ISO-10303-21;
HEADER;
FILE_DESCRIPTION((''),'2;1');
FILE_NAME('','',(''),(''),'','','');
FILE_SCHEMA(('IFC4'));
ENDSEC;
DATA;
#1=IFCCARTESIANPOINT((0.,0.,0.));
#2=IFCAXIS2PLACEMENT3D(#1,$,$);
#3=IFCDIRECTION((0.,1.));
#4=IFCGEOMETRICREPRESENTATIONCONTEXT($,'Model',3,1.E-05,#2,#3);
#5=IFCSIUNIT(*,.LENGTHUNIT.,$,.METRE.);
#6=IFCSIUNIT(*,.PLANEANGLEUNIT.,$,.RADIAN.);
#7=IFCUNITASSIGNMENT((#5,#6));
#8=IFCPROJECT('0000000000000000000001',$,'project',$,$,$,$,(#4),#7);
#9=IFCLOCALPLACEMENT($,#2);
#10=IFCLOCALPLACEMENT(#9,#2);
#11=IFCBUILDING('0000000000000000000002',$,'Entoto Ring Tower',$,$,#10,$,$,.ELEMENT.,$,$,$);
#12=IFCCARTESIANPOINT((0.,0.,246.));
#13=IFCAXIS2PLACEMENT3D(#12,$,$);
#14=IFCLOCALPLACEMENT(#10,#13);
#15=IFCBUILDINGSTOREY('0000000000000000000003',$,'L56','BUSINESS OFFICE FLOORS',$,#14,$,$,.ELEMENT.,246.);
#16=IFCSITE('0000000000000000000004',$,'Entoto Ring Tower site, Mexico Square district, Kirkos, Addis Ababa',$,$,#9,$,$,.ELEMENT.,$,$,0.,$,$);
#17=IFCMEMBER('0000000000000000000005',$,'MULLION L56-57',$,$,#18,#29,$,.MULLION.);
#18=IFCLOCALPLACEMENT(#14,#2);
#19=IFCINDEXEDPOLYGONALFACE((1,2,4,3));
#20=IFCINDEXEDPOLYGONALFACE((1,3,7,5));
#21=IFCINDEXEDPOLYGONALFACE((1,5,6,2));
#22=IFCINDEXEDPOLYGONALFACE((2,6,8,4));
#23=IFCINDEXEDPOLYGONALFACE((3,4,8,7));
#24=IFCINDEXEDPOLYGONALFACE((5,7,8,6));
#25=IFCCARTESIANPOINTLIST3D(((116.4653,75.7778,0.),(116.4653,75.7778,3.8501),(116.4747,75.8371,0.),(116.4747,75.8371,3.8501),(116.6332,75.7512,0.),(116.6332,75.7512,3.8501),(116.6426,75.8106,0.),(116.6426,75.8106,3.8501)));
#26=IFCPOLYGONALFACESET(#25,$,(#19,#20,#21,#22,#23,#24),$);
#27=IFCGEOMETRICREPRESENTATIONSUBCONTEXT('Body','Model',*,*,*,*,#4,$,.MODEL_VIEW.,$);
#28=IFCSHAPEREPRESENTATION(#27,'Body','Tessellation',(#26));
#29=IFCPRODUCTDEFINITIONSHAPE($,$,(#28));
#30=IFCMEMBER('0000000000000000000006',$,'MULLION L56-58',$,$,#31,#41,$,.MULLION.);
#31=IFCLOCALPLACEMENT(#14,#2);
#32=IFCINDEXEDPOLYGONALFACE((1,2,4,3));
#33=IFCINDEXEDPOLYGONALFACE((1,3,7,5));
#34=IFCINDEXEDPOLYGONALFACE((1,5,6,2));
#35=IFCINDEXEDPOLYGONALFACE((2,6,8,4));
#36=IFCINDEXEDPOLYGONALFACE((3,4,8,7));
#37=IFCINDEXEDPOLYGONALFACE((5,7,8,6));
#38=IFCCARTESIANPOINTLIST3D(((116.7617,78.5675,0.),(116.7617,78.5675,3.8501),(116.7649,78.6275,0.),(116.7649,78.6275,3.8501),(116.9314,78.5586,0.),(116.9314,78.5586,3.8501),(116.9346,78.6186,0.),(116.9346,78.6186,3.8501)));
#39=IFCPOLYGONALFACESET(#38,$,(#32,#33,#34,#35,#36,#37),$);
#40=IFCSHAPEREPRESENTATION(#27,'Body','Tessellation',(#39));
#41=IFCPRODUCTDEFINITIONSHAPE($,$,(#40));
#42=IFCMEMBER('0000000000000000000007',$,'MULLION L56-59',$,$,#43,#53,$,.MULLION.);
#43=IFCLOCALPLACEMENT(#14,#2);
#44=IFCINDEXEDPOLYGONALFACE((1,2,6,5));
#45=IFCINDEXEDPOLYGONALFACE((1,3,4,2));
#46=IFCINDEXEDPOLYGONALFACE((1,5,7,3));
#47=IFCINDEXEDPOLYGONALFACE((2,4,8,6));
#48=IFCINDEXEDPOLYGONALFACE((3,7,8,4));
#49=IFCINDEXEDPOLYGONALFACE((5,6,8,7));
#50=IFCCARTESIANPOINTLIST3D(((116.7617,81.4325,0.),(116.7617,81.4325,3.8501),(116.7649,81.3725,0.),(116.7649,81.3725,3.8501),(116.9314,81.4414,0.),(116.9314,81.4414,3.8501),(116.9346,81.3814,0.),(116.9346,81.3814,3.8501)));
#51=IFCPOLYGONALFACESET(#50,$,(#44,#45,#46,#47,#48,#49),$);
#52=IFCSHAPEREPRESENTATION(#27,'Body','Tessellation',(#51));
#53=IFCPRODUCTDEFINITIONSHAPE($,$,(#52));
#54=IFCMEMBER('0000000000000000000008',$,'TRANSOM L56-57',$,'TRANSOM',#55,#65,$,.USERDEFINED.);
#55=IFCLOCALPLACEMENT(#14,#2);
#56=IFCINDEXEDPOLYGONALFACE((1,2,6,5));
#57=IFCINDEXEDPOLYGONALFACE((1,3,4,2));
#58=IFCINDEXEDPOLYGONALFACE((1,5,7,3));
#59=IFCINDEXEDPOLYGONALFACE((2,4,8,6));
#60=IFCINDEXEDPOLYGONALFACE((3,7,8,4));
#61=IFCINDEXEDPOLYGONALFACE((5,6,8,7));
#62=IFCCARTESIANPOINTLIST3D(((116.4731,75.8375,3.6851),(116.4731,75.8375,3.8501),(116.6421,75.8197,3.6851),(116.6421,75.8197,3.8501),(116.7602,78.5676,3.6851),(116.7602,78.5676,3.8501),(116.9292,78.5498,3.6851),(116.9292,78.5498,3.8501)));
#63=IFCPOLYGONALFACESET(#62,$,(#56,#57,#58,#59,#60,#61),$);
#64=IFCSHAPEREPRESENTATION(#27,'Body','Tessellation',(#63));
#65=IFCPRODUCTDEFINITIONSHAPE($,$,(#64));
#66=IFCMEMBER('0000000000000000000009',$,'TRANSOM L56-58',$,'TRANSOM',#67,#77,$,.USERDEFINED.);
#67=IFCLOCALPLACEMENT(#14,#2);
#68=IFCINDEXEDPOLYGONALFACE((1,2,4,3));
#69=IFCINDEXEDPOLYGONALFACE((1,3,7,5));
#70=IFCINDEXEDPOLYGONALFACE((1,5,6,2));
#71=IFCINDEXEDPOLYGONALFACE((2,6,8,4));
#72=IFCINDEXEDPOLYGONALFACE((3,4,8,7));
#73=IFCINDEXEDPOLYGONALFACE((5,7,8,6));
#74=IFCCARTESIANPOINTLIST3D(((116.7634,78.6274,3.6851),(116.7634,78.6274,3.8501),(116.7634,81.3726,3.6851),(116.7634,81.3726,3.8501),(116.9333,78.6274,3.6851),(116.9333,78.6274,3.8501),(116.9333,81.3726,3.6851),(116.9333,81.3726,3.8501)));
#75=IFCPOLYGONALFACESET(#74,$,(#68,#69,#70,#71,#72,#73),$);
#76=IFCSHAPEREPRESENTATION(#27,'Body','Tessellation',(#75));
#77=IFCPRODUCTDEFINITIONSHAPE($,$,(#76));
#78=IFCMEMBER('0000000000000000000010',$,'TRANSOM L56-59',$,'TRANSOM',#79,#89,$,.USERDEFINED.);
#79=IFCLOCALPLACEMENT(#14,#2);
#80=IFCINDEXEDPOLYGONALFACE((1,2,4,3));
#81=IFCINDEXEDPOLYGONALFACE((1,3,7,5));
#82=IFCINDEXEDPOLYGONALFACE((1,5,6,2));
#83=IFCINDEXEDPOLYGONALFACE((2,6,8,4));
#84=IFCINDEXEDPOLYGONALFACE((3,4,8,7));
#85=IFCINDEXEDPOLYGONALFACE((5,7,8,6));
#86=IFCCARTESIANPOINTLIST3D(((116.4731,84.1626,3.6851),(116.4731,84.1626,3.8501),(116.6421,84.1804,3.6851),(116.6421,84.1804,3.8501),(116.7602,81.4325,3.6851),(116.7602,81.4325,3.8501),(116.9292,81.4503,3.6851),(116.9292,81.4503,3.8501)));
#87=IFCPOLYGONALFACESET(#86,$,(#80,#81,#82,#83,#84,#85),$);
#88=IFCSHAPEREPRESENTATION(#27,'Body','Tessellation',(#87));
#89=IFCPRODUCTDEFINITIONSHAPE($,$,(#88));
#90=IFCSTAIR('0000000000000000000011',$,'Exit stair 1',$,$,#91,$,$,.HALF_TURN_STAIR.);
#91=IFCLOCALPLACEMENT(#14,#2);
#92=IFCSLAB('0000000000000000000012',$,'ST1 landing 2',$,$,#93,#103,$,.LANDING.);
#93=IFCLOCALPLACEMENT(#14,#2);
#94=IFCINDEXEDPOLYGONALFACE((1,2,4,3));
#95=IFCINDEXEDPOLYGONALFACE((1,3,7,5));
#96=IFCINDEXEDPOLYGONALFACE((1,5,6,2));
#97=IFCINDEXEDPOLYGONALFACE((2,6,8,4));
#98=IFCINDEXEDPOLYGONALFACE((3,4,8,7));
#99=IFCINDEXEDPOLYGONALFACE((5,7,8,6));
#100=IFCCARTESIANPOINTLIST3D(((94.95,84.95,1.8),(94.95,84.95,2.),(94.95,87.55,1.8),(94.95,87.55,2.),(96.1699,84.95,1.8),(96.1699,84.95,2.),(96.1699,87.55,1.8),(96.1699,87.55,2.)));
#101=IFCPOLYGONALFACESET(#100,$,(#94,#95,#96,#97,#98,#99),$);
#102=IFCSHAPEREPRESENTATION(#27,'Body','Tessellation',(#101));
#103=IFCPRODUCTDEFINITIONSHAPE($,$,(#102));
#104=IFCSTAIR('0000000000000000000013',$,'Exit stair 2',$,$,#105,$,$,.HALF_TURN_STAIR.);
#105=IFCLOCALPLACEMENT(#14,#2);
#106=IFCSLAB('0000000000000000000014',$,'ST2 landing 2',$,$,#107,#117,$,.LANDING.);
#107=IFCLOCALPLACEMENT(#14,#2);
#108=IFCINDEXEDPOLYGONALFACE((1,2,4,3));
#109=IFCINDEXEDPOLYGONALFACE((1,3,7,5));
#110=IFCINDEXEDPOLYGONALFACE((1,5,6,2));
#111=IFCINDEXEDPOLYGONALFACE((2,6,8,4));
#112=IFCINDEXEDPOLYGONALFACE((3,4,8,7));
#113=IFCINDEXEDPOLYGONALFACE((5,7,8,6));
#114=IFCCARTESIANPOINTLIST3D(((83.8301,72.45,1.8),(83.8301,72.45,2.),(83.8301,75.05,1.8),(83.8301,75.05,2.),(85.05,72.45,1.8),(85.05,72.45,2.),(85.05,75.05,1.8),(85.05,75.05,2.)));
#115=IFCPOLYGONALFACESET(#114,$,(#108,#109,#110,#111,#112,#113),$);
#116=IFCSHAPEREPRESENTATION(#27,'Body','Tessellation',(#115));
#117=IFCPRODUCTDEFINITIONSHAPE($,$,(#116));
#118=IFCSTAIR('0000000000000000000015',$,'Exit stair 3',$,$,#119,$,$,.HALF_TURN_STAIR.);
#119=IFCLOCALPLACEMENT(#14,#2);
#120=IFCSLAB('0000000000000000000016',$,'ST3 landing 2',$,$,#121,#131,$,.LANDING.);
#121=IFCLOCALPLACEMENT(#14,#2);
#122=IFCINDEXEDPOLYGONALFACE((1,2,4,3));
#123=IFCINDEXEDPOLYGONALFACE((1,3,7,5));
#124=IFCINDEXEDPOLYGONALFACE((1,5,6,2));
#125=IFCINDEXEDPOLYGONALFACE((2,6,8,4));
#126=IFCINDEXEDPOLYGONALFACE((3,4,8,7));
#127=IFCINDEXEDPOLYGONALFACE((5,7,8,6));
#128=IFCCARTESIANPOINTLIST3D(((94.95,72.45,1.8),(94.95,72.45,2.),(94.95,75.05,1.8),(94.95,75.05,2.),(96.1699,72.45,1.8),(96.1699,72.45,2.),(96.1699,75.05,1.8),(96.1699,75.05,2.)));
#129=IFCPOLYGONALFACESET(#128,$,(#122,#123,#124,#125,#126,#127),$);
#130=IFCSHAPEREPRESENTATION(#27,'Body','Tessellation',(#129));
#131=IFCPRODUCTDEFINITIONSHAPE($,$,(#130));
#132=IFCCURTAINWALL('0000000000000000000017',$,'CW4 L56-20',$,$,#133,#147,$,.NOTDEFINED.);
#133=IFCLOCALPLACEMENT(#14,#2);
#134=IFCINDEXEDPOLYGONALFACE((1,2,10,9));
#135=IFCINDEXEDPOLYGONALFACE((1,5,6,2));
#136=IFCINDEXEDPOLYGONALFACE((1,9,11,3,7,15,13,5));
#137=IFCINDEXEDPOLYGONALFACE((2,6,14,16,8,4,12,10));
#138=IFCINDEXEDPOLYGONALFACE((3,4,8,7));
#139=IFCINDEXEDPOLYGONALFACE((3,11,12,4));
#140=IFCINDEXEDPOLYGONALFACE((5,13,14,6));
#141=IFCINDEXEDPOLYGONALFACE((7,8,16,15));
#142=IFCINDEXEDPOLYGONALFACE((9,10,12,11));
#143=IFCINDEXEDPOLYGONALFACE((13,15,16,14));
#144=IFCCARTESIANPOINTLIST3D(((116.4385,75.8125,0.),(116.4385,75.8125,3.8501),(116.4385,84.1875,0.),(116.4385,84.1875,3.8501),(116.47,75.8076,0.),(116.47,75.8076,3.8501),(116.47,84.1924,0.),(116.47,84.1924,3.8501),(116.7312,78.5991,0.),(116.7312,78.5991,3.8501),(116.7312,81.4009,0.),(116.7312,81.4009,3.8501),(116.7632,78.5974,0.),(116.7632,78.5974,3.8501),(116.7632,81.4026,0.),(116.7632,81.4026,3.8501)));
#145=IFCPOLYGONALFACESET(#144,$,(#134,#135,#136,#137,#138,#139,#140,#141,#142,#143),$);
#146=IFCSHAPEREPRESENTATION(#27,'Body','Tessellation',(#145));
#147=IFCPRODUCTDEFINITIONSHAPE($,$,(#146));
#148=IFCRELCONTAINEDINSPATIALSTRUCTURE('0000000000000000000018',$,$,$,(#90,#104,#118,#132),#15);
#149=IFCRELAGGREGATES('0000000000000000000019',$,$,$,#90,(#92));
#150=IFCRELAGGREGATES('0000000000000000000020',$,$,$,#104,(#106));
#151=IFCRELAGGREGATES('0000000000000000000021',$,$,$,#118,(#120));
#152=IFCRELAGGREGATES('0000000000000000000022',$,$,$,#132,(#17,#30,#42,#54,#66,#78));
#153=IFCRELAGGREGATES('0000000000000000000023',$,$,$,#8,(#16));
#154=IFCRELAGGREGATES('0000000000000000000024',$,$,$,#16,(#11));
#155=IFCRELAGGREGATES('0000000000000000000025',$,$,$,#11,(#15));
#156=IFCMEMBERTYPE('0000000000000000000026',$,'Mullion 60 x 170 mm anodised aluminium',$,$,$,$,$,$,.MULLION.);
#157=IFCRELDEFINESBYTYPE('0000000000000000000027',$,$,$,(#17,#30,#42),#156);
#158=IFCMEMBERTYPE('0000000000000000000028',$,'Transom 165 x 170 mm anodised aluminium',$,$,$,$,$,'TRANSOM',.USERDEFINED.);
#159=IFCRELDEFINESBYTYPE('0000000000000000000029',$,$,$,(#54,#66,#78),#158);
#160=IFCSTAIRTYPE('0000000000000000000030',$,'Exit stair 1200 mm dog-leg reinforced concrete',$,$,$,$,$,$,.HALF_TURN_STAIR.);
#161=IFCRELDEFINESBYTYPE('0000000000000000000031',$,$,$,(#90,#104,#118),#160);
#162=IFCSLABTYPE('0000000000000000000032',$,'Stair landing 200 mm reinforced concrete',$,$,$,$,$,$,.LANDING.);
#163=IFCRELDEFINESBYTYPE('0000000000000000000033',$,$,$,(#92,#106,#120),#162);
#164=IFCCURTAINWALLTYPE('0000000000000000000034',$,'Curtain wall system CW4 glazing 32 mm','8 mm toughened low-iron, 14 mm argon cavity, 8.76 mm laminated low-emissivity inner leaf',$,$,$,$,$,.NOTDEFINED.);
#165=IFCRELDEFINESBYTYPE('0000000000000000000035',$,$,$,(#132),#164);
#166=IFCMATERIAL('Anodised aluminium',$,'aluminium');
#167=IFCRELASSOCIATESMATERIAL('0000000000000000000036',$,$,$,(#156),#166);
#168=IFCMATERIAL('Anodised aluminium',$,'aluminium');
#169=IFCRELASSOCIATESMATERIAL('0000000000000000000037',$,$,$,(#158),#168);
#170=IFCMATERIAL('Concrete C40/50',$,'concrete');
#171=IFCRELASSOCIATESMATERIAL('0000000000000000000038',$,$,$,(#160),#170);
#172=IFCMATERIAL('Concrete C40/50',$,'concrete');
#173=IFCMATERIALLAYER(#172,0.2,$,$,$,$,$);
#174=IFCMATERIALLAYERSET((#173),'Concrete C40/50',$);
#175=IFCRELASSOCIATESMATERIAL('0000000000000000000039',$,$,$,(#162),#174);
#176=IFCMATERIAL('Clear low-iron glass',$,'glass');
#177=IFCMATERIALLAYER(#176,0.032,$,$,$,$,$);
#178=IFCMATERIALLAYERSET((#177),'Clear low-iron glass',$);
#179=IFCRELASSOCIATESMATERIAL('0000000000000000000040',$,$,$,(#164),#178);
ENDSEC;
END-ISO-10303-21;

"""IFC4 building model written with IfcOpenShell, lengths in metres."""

from ifc_helpers import new_model, si_unit, direction, frame, origin, origin_2d, place, context, subcontext, project, spatial, polyline, rectangle, outline, extrude, material, layer, layer_set, material_profile, profile_set, type_object, element, aggregate, save


model = new_model("IFC4")

# Units and contexts
model_context = context("Model", 3, precision=1e-05, world=origin(), true_north=direction((0.0, 1.0)))
body_context = subcontext(model_context, "Body", "Model", "MODEL_VIEW")
ifc_project = project(units=[si_unit("LENGTHUNIT", "METRE"), si_unit("PLANEANGLEUNIT", "RADIAN")], contexts=[model_context])

# Members
ifc_material_1 = material(Name="Anodised aluminium", Category="aluminium")
ifc_material_profile_1 = material_profile(ifc_material_1, rectangle(XDim=0.0601, YDim=0.1699, at=origin_2d()), Name="Mullion 60 x 170 mm anodised aluminium")
ifc_profile_set_1 = profile_set([ifc_material_profile_1], Name="Anodised aluminium")
member_type_1 = type_object("IfcMemberType", Name="Mullion 60 x 170 mm anodised aluminium", PredefinedType="MULLION", material=ifc_profile_set_1)
site_placement = place(None, origin())
building_placement = place(site_placement, origin())
storey_placement = place(building_placement, frame((0.0, 0.0, 246.0)))
member_1_placement = place(storey_placement, frame((116.554, 75.7942, 0.0), z_axis=(0.0, 0.0, 1.0), x_axis=(0.156434, 0.987688, 0.0)))
member_1 = element("IfcMember", 1, at=member_1_placement, type_object=member_type_1, Name="MULLION L56-57", PredefinedType="MULLION", context=body_context, shape_type="SweptSolid", body=[
    extrude(rectangle(XDim=0.0601, YDim=0.1699, at=origin_2d()), origin(), (0.0, 0.0, 1.0), 3.8501),
])
member_2_placement = place(storey_placement, frame((116.8481, 78.593, 0.0), z_axis=(0.0, 0.0, 1.0), x_axis=(0.052336, 0.99863, 0.0)))
member_2 = element("IfcMember", 2, at=member_2_placement, type_object=member_type_1, Name="MULLION L56-58", PredefinedType="MULLION", context=body_context, shape_type="SweptSolid", body=[
    extrude(rectangle(XDim=0.0601, YDim=0.1699, at=origin_2d()), origin(), (0.0, 0.0, 1.0), 3.8501),
])
member_3_placement = place(storey_placement, frame((116.8481, 81.407, 0.0), z_axis=(0.0, 0.0, 1.0), x_axis=(-0.052336, 0.99863, 0.0)))
member_3 = element("IfcMember", 3, at=member_3_placement, type_object=member_type_1, Name="MULLION L56-59", PredefinedType="MULLION", context=body_context, shape_type="SweptSolid", body=[
    extrude(rectangle(XDim=0.0601, YDim=0.1699, at=origin_2d()), origin(), (0.0, 0.0, 1.0), 3.8501),
])
ifc_material_2 = material(Name="Anodised aluminium", Category="aluminium")
ifc_material_profile_2 = material_profile(ifc_material_2, rectangle(XDim=0.1699, YDim=0.165, at=origin_2d()), Name="Transom 165 x 170 mm anodised aluminium")
ifc_profile_set_2 = profile_set([ifc_material_profile_2], Name="Anodised aluminium")
member_type_2 = type_object("IfcMemberType", Name="Transom 165 x 170 mm anodised aluminium", ElementType="TRANSOM", PredefinedType="USERDEFINED", material=ifc_profile_set_2)
member_4_placement = place(storey_placement, frame((116.5576, 75.8286, 3.7676), z_axis=(0.104592, 0.994515, 0.0), x_axis=(-0.994515, 0.104592, 0.0)))
member_4 = element("IfcMember", 4, at=member_4_placement, type_object=member_type_2, Name="TRANSOM L56-57", ObjectType="TRANSOM", PredefinedType="USERDEFINED", context=body_context, shape_type="SweptSolid", body=[
    extrude(rectangle(XDim=0.1699, YDim=0.165, at=origin_2d()), origin(), (0.0, 0.0, 1.0), 2.7451),
])
member_5_placement = place(storey_placement, frame((116.8484, 78.6274, 3.7676), z_axis=(0.0, 1.0, 0.0), x_axis=(-1.0, 0.0, 0.0)))
member_5 = element("IfcMember", 5, at=member_5_placement, type_object=member_type_2, Name="TRANSOM L56-58", ObjectType="TRANSOM", PredefinedType="USERDEFINED", context=body_context, shape_type="SweptSolid", body=[
    extrude(rectangle(XDim=0.1699, YDim=0.165, at=origin_2d()), origin(), (0.0, 0.0, 1.0), 2.7451),
])
member_6_placement = place(storey_placement, frame((116.8447, 81.4414, 3.7676), z_axis=(-0.104592, 0.994515, 0.0), x_axis=(-0.994515, -0.104592, 0.0)))
member_6 = element("IfcMember", 6, at=member_6_placement, type_object=member_type_2, Name="TRANSOM L56-59", ObjectType="TRANSOM", PredefinedType="USERDEFINED", context=body_context, shape_type="SweptSolid", body=[
    extrude(rectangle(XDim=0.1699, YDim=0.165, at=origin_2d()), origin(), (0.0, 0.0, 1.0), 2.7451),
])

# Site, building, storey
site = spatial("IfcSite", under=ifc_project, at=site_placement, Name="Entoto Ring Tower site, Mexico Square district, Kirkos, Addis Ababa", CompositionType="ELEMENT", RefElevation=0.0)
building = spatial("IfcBuilding", under=site, at=building_placement, Name="Entoto Ring Tower", CompositionType="ELEMENT")
storey = spatial("IfcBuildingStorey", under=building, at=storey_placement, Name="L56", Description="BUSINESS OFFICE FLOORS", CompositionType="ELEMENT", Elevation=246.0)

# Stairs, slabs
ifc_material_3 = material(Name="Concrete C40/50", Category="concrete")
stair_type = type_object("IfcStairType", Name="Exit stair 1200 mm dog-leg reinforced concrete", PredefinedType="HALF_TURN_STAIR", material=ifc_material_3)
stair_1_placement = place(storey_placement, origin())
stair_1 = element("IfcStair", 7, at=stair_1_placement, inside=storey, type_object=stair_type, Name="Exit stair 1", PredefinedType="HALF_TURN_STAIR")
ifc_material_4 = material(Name="Concrete C40/50", Category="concrete")
ifc_layer_1 = layer(ifc_material_4, 0.2)
ifc_layer_set_1 = layer_set([ifc_layer_1], Name="Concrete C40/50")
slab_type = type_object("IfcSlabType", Name="Stair landing 200 mm reinforced concrete", PredefinedType="LANDING", material=ifc_layer_set_1)
slab_1_placement = place(storey_placement, frame((0.0, 0.0, 1.8)))
slab_1 = element("IfcSlab", 8, at=slab_1_placement, type_object=slab_type, Name="ST1 landing 2", PredefinedType="LANDING", context=body_context, shape_type="SweptSolid", body=[
    extrude(outline(polyline([(94.95, 84.95), (96.1699, 84.95), (96.1699, 87.55), (94.95, 87.55), (94.95, 84.95)])), origin(), (0.0, 0.0, 1.0), 0.2),
])
aggregate(stair_1, [slab_1])
stair_2_placement = place(storey_placement, origin())
stair_2 = element("IfcStair", 9, at=stair_2_placement, inside=storey, type_object=stair_type, Name="Exit stair 2", PredefinedType="HALF_TURN_STAIR")
slab_2_placement = place(storey_placement, frame((0.0, 0.0, 1.8)))
slab_2 = element("IfcSlab", 10, at=slab_2_placement, type_object=slab_type, Name="ST2 landing 2", PredefinedType="LANDING", context=body_context, shape_type="SweptSolid", body=[
    extrude(outline(polyline([(83.8301, 72.45), (85.05, 72.45), (85.05, 75.05), (83.8301, 75.05), (83.8301, 72.45)])), origin(), (0.0, 0.0, 1.0), 0.2),
])
aggregate(stair_2, [slab_2])
stair_3_placement = place(storey_placement, origin())
stair_3 = element("IfcStair", 11, at=stair_3_placement, inside=storey, type_object=stair_type, Name="Exit stair 3", PredefinedType="HALF_TURN_STAIR")
slab_3_placement = place(storey_placement, frame((0.0, 0.0, 1.8)))
slab_3 = element("IfcSlab", 12, at=slab_3_placement, type_object=slab_type, Name="ST3 landing 2", PredefinedType="LANDING", context=body_context, shape_type="SweptSolid", body=[
    extrude(outline(polyline([(94.95, 72.45), (96.1699, 72.45), (96.1699, 75.05), (94.95, 75.05), (94.95, 72.45)])), origin(), (0.0, 0.0, 1.0), 0.2),
])
aggregate(stair_3, [slab_3])

# Curtain wall
ifc_material_5 = material(Name="Clear low-iron glass", Category="glass")
ifc_layer_2 = layer(ifc_material_5, 0.032)
ifc_layer_set_2 = layer_set([ifc_layer_2], Name="Clear low-iron glass")
curtain_wall_type = type_object("IfcCurtainWallType", Name="Curtain wall system CW4 glazing 32 mm", Description="8 mm toughened low-iron, 14 mm argon cavity, 8.76 mm laminated low-emissivity inner leaf", PredefinedType="NOTDEFINED", material=ifc_layer_set_2)
curtain_wall_1_placement = place(storey_placement, origin())
curtain_wall_1 = element("IfcCurtainWall", 13, at=curtain_wall_1_placement, inside=storey, type_object=curtain_wall_type, Name="CW4 L56-20", PredefinedType="NOTDEFINED", context=body_context, shape_type="SweptSolid", body=[
    extrude(outline(polyline([(116.47, 75.8076), (116.7632, 78.5974), (116.7632, 81.4026), (116.47, 84.1924), (116.4385, 84.1875), (116.7312, 81.4009), (116.7312, 78.5991), (116.4385, 75.8125), (116.47, 75.8076)])), origin(), (0.0, 0.0, 1.0), 3.8501),
])
aggregate(curtain_wall_1, [member_1, member_2, member_3, member_4, member_5, member_6])

save(model, "model.ifc")
